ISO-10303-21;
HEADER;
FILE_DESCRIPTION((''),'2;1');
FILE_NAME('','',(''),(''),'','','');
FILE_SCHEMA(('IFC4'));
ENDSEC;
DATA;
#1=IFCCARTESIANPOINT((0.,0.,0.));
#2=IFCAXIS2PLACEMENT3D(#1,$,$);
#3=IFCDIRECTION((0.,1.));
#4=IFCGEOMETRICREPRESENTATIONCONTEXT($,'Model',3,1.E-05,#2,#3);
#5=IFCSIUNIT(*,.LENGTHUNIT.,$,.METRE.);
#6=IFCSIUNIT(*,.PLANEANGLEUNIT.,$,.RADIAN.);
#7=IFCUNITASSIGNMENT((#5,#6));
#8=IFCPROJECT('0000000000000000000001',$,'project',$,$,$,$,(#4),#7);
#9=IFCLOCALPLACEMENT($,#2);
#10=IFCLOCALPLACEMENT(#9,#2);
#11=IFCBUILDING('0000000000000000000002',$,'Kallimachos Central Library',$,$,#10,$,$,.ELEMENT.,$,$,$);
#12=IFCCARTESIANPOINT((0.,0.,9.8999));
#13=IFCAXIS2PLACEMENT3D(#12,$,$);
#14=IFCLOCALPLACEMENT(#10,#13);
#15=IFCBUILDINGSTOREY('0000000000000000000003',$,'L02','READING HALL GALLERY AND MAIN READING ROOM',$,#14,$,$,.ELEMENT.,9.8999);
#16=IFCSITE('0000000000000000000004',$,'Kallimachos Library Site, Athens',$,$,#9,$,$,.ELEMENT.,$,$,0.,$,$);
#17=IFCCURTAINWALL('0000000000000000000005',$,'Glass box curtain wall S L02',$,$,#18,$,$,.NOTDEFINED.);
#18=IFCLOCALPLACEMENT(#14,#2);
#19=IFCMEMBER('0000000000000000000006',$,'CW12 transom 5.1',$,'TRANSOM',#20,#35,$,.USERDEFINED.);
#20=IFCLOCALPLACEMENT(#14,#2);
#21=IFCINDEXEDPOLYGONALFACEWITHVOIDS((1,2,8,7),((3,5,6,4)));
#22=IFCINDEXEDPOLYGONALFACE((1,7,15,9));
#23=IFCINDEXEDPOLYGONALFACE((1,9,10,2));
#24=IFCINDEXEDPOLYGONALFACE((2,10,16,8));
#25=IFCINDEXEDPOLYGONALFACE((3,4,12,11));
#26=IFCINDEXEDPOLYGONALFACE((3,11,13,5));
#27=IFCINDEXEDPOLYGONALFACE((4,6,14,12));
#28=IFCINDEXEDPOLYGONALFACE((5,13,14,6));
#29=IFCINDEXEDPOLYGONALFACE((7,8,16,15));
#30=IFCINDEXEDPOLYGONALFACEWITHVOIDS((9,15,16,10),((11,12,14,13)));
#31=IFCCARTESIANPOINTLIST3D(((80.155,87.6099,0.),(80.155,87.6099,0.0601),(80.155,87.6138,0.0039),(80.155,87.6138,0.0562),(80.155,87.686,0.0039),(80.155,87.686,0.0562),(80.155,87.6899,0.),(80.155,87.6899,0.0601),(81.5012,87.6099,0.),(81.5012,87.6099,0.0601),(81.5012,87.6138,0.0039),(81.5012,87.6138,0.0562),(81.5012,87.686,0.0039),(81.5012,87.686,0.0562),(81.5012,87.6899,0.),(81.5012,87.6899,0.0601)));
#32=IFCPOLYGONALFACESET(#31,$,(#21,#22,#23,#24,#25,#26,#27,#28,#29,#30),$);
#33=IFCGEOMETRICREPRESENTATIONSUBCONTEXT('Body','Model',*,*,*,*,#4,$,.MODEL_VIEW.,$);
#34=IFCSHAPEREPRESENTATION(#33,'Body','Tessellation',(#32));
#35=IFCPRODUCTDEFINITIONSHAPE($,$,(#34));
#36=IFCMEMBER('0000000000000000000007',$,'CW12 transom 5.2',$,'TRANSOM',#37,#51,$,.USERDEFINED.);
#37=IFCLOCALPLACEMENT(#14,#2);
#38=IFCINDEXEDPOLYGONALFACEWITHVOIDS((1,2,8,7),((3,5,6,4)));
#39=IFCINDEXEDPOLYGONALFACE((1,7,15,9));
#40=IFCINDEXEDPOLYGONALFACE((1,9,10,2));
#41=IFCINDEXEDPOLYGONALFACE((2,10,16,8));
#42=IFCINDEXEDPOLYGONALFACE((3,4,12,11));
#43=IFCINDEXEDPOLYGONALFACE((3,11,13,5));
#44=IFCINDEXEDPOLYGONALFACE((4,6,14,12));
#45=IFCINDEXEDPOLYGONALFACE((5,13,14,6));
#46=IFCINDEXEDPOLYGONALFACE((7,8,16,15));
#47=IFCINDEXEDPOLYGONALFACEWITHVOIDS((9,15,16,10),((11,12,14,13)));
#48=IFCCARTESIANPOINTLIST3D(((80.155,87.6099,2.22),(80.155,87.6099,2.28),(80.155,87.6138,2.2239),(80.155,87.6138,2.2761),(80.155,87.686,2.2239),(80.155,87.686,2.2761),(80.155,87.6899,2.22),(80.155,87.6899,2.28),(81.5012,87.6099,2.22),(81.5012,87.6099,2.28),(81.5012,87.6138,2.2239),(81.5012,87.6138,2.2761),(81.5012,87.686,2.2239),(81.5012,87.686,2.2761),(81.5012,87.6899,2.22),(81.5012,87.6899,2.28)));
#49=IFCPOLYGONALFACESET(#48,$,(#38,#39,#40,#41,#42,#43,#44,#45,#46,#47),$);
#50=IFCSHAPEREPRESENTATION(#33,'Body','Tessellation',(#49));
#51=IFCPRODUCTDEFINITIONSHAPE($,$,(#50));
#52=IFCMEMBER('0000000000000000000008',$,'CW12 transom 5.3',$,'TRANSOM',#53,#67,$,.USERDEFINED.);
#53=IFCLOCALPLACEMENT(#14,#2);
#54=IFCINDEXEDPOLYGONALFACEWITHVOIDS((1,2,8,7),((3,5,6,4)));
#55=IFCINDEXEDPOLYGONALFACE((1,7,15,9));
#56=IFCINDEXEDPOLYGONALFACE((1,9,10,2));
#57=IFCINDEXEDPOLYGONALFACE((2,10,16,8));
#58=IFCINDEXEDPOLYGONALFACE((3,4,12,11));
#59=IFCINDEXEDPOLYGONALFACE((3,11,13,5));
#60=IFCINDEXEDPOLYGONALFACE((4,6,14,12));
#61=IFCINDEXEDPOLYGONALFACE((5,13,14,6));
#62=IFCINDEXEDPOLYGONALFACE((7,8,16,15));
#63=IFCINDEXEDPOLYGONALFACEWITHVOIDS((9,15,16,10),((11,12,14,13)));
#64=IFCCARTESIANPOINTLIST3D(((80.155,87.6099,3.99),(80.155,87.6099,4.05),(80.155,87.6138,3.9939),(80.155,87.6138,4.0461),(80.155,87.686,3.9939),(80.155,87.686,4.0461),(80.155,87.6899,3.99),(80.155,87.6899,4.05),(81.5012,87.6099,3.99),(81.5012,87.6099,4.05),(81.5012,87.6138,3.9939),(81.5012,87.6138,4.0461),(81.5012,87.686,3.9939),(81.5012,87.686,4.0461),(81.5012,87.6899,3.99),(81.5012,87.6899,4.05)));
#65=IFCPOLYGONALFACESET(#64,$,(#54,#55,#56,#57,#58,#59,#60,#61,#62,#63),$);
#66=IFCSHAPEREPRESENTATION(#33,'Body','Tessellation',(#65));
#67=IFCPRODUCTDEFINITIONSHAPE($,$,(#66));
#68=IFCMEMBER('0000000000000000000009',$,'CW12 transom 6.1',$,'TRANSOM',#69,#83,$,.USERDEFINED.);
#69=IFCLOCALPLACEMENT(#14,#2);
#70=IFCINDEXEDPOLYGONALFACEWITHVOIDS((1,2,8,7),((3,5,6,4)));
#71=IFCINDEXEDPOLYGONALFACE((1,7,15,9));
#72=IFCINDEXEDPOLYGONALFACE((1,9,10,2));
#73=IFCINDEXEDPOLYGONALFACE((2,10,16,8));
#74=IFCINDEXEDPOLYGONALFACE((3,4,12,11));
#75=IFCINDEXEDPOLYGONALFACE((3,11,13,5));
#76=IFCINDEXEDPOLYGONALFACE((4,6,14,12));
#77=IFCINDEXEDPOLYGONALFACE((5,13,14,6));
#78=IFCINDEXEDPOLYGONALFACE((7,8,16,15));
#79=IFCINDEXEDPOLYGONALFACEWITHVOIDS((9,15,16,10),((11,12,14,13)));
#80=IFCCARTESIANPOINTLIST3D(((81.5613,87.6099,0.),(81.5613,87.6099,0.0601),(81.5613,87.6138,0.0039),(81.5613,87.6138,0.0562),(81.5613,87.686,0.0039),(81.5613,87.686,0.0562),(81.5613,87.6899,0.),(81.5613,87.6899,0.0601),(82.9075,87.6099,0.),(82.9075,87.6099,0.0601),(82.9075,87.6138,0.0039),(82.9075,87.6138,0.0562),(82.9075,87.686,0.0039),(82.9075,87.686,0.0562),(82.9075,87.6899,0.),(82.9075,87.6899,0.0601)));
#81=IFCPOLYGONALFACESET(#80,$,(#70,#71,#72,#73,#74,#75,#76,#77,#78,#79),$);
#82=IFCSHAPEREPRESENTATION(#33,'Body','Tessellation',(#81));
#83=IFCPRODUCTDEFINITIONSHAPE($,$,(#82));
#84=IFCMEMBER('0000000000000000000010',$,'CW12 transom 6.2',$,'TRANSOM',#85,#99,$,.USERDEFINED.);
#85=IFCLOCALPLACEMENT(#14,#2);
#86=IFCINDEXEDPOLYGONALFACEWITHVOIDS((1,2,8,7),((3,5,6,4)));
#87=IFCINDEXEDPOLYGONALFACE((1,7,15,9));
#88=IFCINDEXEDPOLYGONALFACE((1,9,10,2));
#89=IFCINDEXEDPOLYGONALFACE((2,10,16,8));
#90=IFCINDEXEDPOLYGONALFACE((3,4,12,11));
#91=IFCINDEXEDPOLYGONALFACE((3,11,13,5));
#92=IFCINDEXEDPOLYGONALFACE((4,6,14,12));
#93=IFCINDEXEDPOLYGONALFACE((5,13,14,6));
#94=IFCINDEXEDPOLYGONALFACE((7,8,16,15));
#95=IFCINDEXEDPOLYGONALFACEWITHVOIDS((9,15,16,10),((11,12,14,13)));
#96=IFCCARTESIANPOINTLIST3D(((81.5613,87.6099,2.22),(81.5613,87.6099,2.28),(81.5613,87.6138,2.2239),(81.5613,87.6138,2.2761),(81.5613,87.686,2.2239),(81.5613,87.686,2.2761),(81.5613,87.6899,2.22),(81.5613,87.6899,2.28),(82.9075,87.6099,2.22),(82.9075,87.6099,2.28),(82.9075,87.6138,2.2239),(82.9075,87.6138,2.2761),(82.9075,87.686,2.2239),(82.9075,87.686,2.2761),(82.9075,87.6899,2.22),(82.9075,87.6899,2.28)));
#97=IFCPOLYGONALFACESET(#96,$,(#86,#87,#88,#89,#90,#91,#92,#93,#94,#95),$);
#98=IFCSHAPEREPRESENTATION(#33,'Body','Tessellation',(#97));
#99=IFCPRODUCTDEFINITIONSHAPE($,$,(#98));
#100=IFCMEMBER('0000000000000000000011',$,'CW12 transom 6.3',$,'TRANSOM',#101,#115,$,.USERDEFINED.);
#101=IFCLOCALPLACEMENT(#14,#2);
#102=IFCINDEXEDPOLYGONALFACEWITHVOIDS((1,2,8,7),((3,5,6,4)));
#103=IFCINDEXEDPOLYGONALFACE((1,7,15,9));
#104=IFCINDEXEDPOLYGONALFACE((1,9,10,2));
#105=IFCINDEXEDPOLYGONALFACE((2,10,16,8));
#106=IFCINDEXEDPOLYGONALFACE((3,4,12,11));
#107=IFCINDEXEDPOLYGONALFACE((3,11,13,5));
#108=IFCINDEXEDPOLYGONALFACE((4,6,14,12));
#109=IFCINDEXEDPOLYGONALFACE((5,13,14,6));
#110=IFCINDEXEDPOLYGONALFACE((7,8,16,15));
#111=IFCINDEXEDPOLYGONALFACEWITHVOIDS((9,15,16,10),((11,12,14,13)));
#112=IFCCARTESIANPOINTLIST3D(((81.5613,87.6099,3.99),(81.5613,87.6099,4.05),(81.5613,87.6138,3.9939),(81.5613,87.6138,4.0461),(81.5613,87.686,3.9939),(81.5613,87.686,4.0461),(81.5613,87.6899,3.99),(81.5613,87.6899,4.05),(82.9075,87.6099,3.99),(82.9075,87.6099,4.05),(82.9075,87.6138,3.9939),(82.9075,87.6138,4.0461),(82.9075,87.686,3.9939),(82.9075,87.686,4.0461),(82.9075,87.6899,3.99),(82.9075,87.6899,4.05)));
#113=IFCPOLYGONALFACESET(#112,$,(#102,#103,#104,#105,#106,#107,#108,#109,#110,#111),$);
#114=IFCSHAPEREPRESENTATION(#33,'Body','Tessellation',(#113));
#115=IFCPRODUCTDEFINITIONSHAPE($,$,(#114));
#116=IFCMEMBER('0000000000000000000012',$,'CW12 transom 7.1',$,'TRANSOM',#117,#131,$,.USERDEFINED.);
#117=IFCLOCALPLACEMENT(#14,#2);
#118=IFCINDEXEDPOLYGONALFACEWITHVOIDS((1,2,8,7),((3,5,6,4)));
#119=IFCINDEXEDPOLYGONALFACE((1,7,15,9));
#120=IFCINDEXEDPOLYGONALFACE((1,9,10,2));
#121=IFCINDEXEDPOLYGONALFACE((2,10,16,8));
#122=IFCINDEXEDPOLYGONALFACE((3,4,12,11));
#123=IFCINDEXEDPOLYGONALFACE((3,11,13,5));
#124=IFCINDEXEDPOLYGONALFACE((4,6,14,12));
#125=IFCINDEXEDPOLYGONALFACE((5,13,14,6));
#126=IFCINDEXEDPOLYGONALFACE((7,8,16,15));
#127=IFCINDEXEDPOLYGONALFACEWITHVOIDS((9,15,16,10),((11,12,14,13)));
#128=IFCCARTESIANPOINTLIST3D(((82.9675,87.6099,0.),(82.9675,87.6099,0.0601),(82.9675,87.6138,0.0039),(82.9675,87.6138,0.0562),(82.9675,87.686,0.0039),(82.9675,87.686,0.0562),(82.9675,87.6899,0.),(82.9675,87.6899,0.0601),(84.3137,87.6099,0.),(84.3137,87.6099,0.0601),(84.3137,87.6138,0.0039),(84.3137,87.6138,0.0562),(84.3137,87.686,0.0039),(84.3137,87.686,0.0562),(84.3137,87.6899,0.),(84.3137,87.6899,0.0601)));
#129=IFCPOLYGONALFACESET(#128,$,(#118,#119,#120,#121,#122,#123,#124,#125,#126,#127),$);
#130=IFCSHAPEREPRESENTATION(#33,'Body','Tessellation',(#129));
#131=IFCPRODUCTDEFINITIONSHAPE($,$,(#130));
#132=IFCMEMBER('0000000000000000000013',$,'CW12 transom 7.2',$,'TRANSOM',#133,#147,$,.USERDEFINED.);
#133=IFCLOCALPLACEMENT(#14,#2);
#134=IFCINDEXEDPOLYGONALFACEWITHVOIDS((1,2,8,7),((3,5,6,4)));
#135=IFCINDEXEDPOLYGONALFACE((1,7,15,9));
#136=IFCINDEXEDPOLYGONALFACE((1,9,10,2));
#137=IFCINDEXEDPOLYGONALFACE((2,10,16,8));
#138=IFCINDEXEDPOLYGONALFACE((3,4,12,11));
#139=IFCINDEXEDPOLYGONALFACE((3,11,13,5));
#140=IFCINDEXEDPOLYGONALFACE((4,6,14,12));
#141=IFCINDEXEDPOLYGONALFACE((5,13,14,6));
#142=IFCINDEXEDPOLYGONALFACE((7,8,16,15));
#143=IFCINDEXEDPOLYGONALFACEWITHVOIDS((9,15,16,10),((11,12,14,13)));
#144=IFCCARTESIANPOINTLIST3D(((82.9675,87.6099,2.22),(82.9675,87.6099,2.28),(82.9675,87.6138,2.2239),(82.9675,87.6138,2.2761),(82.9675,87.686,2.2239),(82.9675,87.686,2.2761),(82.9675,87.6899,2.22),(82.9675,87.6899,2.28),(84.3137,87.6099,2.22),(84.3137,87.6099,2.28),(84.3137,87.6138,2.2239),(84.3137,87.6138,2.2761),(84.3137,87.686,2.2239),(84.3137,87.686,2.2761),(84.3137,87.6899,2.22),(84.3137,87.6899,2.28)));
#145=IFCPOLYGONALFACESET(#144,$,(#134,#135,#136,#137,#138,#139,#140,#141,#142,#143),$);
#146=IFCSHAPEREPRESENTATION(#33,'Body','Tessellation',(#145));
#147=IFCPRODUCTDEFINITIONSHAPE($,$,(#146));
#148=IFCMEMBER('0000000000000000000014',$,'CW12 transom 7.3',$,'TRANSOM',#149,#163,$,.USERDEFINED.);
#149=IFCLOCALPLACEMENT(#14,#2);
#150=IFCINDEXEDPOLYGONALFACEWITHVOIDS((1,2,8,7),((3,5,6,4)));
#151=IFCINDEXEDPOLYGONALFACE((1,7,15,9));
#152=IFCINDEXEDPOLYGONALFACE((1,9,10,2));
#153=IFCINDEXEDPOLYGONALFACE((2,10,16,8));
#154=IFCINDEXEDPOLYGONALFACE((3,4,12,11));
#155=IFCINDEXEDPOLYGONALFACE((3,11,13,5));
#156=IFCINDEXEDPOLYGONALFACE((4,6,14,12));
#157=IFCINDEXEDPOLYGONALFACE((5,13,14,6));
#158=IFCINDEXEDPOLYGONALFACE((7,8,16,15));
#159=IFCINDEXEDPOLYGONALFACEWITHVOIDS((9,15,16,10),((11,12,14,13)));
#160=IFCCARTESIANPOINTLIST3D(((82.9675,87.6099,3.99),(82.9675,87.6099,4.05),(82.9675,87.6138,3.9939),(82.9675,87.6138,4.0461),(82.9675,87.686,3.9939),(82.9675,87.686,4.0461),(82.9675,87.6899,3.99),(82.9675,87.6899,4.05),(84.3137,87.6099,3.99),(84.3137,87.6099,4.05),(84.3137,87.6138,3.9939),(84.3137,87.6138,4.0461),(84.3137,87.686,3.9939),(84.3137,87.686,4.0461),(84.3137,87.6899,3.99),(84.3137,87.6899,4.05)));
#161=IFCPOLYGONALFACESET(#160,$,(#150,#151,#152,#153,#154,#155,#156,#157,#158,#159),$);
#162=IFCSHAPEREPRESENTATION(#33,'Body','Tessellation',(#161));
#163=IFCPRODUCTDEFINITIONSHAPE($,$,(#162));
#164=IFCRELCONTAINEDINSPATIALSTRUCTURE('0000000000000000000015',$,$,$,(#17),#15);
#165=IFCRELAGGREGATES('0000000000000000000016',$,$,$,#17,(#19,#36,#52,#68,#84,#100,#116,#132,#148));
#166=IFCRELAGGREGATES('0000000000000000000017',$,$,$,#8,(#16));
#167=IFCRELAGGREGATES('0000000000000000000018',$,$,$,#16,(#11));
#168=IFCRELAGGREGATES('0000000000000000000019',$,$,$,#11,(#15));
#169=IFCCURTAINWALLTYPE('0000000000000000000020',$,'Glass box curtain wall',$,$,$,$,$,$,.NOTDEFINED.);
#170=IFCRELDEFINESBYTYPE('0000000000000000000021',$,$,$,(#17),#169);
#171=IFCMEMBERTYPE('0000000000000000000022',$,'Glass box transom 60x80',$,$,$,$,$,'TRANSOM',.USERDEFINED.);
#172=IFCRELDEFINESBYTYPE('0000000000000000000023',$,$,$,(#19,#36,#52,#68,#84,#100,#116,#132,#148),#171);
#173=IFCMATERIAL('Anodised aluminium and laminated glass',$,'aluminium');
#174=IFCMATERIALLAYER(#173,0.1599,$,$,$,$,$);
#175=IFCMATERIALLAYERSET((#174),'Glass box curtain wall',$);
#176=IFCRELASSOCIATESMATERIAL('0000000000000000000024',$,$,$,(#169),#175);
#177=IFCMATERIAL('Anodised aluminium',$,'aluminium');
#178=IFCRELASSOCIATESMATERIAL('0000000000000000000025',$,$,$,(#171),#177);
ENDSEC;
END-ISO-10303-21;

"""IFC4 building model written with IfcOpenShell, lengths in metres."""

from ifc_helpers import new_model, si_unit, direction, frame, origin, origin_2d, place, context, subcontext, project, spatial, hollow_rectangle, extrude, material, layer, layer_set, material_profile, profile_set, type_object, element, aggregate, save


model = new_model("IFC4")

# Units and contexts
model_context = context("Model", 3, precision=1e-05, world=origin(), true_north=direction((0.0, 1.0)))
body_context = subcontext(model_context, "Body", "Model", "MODEL_VIEW")
ifc_project = project(units=[si_unit("LENGTHUNIT", "METRE"), si_unit("PLANEANGLEUNIT", "RADIAN")], contexts=[model_context])

# Site, building, storey
site_placement = place(None, origin())
site = spatial("IfcSite", under=ifc_project, at=site_placement, Name="Kallimachos Library Site, Athens", CompositionType="ELEMENT", RefElevation=0.0)
building_placement = place(site_placement, origin())
building = spatial("IfcBuilding", under=site, at=building_placement, Name="Kallimachos Central Library", CompositionType="ELEMENT")
storey_placement = place(building_placement, frame((0.0, 0.0, 9.8999)))
storey = spatial("IfcBuildingStorey", under=building, at=storey_placement, Name="L02", Description="READING HALL GALLERY AND MAIN READING ROOM", CompositionType="ELEMENT", Elevation=9.8999)

# Curtain wall, members
ifc_material_1 = material(Name="Anodised aluminium and laminated glass", Category="aluminium")
ifc_layer_1 = layer(ifc_material_1, 0.1599)
ifc_layer_set_1 = layer_set([ifc_layer_1], Name="Glass box curtain wall")
curtain_wall_type = type_object("IfcCurtainWallType", Name="Glass box curtain wall", PredefinedType="NOTDEFINED", material=ifc_layer_set_1)
curtain_wall_placement = place(storey_placement, origin())
curtain_wall = element("IfcCurtainWall", 1, at=curtain_wall_placement, inside=storey, type_object=curtain_wall_type, Name="Glass box curtain wall S L02", PredefinedType="NOTDEFINED")
ifc_material_2 = material(Name="Anodised aluminium", Category="aluminium")
ifc_material_profile_1 = material_profile(ifc_material_2, hollow_rectangle(XDim=0.0601, YDim=0.0801, WallThickness=0.0039, at=origin_2d()), Name="ALU TRANSOM 60x80")
ifc_profile_set_1 = profile_set([ifc_material_profile_1], Name="Anodised aluminium")
member_type_1 = type_object("IfcMemberType", Name="Glass box transom 60x80", ElementType="TRANSOM", PredefinedType="USERDEFINED", material=ifc_profile_set_1)
member_1_placement = place(storey_placement, frame((80.155, 87.6499, 0.03), z_axis=(1.0, 0.0, 0.0), x_axis=(0.0, 0.0, 1.0)))
member_1 = element("IfcMember", 2, at=member_1_placement, type_object=member_type_1, Name="CW12 transom 5.1", ObjectType="TRANSOM", PredefinedType="USERDEFINED", context=body_context, shape_type="SweptSolid", body=[
    extrude(hollow_rectangle(XDim=0.0601, YDim=0.0801, WallThickness=0.0039, at=origin_2d()), origin(), (0.0, 0.0, 1.0), 1.3462),
])
member_2_placement = place(storey_placement, frame((80.155, 87.6499, 2.25), z_axis=(1.0, 0.0, 0.0), x_axis=(0.0, 0.0, 1.0)))
member_2 = element("IfcMember", 3, at=member_2_placement, type_object=member_type_1, Name="CW12 transom 5.2", ObjectType="TRANSOM", PredefinedType="USERDEFINED", context=body_context, shape_type="SweptSolid", body=[
    extrude(hollow_rectangle(XDim=0.0601, YDim=0.0801, WallThickness=0.0039, at=origin_2d()), origin(), (0.0, 0.0, 1.0), 1.3462),
])
member_3_placement = place(storey_placement, frame((80.155, 87.6499, 4.02), z_axis=(1.0, 0.0, 0.0), x_axis=(0.0, 0.0, 1.0)))
member_3 = element("IfcMember", 4, at=member_3_placement, type_object=member_type_1, Name="CW12 transom 5.3", ObjectType="TRANSOM", PredefinedType="USERDEFINED", context=body_context, shape_type="SweptSolid", body=[
    extrude(hollow_rectangle(XDim=0.0601, YDim=0.0801, WallThickness=0.0039, at=origin_2d()), origin(), (0.0, 0.0, 1.0), 1.3462),
])
member_4_placement = place(storey_placement, frame((81.5613, 87.6499, 0.03), z_axis=(1.0, 0.0, 0.0), x_axis=(0.0, 0.0, 1.0)))
member_4 = element("IfcMember", 5, at=member_4_placement, type_object=member_type_1, Name="CW12 transom 6.1", ObjectType="TRANSOM", PredefinedType="USERDEFINED", context=body_context, shape_type="SweptSolid", body=[
    extrude(hollow_rectangle(XDim=0.0601, YDim=0.0801, WallThickness=0.0039, at=origin_2d()), origin(), (0.0, 0.0, 1.0), 1.3462),
])
member_5_placement = place(storey_placement, frame((81.5613, 87.6499, 2.25), z_axis=(1.0, 0.0, 0.0), x_axis=(0.0, 0.0, 1.0)))
member_5 = element("IfcMember", 6, at=member_5_placement, type_object=member_type_1, Name="CW12 transom 6.2", ObjectType="TRANSOM", PredefinedType="USERDEFINED", context=body_context, shape_type="SweptSolid", body=[
    extrude(hollow_rectangle(XDim=0.0601, YDim=0.0801, WallThickness=0.0039, at=origin_2d()), origin(), (0.0, 0.0, 1.0), 1.3462),
])
member_6_placement = place(storey_placement, frame((81.5613, 87.6499, 4.02), z_axis=(1.0, 0.0, 0.0), x_axis=(0.0, 0.0, 1.0)))
member_6 = element("IfcMember", 7, at=member_6_placement, type_object=member_type_1, Name="CW12 transom 6.3", ObjectType="TRANSOM", PredefinedType="USERDEFINED", context=body_context, shape_type="SweptSolid", body=[
    extrude(hollow_rectangle(XDim=0.0601, YDim=0.0801, WallThickness=0.0039, at=origin_2d()), origin(), (0.0, 0.0, 1.0), 1.3462),
])
member_7_placement = place(storey_placement, frame((82.9675, 87.6499, 0.03), z_axis=(1.0, 0.0, 0.0), x_axis=(0.0, 0.0, 1.0)))
member_7 = element("IfcMember", 8, at=member_7_placement, type_object=member_type_1, Name="CW12 transom 7.1", ObjectType="TRANSOM", PredefinedType="USERDEFINED", context=body_context, shape_type="SweptSolid", body=[
    extrude(hollow_rectangle(XDim=0.0601, YDim=0.0801, WallThickness=0.0039, at=origin_2d()), origin(), (0.0, 0.0, 1.0), 1.3462),
])
member_8_placement = place(storey_placement, frame((82.9675, 87.6499, 2.25), z_axis=(1.0, 0.0, 0.0), x_axis=(0.0, 0.0, 1.0)))
member_8 = element("IfcMember", 9, at=member_8_placement, type_object=member_type_1, Name="CW12 transom 7.2", ObjectType="TRANSOM", PredefinedType="USERDEFINED", context=body_context, shape_type="SweptSolid", body=[
    extrude(hollow_rectangle(XDim=0.0601, YDim=0.0801, WallThickness=0.0039, at=origin_2d()), origin(), (0.0, 0.0, 1.0), 1.3462),
])
member_9_placement = place(storey_placement, frame((82.9675, 87.6499, 4.02), z_axis=(1.0, 0.0, 0.0), x_axis=(0.0, 0.0, 1.0)))
member_9 = element("IfcMember", 10, at=member_9_placement, type_object=member_type_1, Name="CW12 transom 7.3", ObjectType="TRANSOM", PredefinedType="USERDEFINED", context=body_context, shape_type="SweptSolid", body=[
    extrude(hollow_rectangle(XDim=0.0601, YDim=0.0801, WallThickness=0.0039, at=origin_2d()), origin(), (0.0, 0.0, 1.0), 1.3462),
])

aggregate(curtain_wall, [member_1, member_2, member_3, member_4, member_5, member_6, member_7, member_8, member_9])

save(model, "model.ifc")
